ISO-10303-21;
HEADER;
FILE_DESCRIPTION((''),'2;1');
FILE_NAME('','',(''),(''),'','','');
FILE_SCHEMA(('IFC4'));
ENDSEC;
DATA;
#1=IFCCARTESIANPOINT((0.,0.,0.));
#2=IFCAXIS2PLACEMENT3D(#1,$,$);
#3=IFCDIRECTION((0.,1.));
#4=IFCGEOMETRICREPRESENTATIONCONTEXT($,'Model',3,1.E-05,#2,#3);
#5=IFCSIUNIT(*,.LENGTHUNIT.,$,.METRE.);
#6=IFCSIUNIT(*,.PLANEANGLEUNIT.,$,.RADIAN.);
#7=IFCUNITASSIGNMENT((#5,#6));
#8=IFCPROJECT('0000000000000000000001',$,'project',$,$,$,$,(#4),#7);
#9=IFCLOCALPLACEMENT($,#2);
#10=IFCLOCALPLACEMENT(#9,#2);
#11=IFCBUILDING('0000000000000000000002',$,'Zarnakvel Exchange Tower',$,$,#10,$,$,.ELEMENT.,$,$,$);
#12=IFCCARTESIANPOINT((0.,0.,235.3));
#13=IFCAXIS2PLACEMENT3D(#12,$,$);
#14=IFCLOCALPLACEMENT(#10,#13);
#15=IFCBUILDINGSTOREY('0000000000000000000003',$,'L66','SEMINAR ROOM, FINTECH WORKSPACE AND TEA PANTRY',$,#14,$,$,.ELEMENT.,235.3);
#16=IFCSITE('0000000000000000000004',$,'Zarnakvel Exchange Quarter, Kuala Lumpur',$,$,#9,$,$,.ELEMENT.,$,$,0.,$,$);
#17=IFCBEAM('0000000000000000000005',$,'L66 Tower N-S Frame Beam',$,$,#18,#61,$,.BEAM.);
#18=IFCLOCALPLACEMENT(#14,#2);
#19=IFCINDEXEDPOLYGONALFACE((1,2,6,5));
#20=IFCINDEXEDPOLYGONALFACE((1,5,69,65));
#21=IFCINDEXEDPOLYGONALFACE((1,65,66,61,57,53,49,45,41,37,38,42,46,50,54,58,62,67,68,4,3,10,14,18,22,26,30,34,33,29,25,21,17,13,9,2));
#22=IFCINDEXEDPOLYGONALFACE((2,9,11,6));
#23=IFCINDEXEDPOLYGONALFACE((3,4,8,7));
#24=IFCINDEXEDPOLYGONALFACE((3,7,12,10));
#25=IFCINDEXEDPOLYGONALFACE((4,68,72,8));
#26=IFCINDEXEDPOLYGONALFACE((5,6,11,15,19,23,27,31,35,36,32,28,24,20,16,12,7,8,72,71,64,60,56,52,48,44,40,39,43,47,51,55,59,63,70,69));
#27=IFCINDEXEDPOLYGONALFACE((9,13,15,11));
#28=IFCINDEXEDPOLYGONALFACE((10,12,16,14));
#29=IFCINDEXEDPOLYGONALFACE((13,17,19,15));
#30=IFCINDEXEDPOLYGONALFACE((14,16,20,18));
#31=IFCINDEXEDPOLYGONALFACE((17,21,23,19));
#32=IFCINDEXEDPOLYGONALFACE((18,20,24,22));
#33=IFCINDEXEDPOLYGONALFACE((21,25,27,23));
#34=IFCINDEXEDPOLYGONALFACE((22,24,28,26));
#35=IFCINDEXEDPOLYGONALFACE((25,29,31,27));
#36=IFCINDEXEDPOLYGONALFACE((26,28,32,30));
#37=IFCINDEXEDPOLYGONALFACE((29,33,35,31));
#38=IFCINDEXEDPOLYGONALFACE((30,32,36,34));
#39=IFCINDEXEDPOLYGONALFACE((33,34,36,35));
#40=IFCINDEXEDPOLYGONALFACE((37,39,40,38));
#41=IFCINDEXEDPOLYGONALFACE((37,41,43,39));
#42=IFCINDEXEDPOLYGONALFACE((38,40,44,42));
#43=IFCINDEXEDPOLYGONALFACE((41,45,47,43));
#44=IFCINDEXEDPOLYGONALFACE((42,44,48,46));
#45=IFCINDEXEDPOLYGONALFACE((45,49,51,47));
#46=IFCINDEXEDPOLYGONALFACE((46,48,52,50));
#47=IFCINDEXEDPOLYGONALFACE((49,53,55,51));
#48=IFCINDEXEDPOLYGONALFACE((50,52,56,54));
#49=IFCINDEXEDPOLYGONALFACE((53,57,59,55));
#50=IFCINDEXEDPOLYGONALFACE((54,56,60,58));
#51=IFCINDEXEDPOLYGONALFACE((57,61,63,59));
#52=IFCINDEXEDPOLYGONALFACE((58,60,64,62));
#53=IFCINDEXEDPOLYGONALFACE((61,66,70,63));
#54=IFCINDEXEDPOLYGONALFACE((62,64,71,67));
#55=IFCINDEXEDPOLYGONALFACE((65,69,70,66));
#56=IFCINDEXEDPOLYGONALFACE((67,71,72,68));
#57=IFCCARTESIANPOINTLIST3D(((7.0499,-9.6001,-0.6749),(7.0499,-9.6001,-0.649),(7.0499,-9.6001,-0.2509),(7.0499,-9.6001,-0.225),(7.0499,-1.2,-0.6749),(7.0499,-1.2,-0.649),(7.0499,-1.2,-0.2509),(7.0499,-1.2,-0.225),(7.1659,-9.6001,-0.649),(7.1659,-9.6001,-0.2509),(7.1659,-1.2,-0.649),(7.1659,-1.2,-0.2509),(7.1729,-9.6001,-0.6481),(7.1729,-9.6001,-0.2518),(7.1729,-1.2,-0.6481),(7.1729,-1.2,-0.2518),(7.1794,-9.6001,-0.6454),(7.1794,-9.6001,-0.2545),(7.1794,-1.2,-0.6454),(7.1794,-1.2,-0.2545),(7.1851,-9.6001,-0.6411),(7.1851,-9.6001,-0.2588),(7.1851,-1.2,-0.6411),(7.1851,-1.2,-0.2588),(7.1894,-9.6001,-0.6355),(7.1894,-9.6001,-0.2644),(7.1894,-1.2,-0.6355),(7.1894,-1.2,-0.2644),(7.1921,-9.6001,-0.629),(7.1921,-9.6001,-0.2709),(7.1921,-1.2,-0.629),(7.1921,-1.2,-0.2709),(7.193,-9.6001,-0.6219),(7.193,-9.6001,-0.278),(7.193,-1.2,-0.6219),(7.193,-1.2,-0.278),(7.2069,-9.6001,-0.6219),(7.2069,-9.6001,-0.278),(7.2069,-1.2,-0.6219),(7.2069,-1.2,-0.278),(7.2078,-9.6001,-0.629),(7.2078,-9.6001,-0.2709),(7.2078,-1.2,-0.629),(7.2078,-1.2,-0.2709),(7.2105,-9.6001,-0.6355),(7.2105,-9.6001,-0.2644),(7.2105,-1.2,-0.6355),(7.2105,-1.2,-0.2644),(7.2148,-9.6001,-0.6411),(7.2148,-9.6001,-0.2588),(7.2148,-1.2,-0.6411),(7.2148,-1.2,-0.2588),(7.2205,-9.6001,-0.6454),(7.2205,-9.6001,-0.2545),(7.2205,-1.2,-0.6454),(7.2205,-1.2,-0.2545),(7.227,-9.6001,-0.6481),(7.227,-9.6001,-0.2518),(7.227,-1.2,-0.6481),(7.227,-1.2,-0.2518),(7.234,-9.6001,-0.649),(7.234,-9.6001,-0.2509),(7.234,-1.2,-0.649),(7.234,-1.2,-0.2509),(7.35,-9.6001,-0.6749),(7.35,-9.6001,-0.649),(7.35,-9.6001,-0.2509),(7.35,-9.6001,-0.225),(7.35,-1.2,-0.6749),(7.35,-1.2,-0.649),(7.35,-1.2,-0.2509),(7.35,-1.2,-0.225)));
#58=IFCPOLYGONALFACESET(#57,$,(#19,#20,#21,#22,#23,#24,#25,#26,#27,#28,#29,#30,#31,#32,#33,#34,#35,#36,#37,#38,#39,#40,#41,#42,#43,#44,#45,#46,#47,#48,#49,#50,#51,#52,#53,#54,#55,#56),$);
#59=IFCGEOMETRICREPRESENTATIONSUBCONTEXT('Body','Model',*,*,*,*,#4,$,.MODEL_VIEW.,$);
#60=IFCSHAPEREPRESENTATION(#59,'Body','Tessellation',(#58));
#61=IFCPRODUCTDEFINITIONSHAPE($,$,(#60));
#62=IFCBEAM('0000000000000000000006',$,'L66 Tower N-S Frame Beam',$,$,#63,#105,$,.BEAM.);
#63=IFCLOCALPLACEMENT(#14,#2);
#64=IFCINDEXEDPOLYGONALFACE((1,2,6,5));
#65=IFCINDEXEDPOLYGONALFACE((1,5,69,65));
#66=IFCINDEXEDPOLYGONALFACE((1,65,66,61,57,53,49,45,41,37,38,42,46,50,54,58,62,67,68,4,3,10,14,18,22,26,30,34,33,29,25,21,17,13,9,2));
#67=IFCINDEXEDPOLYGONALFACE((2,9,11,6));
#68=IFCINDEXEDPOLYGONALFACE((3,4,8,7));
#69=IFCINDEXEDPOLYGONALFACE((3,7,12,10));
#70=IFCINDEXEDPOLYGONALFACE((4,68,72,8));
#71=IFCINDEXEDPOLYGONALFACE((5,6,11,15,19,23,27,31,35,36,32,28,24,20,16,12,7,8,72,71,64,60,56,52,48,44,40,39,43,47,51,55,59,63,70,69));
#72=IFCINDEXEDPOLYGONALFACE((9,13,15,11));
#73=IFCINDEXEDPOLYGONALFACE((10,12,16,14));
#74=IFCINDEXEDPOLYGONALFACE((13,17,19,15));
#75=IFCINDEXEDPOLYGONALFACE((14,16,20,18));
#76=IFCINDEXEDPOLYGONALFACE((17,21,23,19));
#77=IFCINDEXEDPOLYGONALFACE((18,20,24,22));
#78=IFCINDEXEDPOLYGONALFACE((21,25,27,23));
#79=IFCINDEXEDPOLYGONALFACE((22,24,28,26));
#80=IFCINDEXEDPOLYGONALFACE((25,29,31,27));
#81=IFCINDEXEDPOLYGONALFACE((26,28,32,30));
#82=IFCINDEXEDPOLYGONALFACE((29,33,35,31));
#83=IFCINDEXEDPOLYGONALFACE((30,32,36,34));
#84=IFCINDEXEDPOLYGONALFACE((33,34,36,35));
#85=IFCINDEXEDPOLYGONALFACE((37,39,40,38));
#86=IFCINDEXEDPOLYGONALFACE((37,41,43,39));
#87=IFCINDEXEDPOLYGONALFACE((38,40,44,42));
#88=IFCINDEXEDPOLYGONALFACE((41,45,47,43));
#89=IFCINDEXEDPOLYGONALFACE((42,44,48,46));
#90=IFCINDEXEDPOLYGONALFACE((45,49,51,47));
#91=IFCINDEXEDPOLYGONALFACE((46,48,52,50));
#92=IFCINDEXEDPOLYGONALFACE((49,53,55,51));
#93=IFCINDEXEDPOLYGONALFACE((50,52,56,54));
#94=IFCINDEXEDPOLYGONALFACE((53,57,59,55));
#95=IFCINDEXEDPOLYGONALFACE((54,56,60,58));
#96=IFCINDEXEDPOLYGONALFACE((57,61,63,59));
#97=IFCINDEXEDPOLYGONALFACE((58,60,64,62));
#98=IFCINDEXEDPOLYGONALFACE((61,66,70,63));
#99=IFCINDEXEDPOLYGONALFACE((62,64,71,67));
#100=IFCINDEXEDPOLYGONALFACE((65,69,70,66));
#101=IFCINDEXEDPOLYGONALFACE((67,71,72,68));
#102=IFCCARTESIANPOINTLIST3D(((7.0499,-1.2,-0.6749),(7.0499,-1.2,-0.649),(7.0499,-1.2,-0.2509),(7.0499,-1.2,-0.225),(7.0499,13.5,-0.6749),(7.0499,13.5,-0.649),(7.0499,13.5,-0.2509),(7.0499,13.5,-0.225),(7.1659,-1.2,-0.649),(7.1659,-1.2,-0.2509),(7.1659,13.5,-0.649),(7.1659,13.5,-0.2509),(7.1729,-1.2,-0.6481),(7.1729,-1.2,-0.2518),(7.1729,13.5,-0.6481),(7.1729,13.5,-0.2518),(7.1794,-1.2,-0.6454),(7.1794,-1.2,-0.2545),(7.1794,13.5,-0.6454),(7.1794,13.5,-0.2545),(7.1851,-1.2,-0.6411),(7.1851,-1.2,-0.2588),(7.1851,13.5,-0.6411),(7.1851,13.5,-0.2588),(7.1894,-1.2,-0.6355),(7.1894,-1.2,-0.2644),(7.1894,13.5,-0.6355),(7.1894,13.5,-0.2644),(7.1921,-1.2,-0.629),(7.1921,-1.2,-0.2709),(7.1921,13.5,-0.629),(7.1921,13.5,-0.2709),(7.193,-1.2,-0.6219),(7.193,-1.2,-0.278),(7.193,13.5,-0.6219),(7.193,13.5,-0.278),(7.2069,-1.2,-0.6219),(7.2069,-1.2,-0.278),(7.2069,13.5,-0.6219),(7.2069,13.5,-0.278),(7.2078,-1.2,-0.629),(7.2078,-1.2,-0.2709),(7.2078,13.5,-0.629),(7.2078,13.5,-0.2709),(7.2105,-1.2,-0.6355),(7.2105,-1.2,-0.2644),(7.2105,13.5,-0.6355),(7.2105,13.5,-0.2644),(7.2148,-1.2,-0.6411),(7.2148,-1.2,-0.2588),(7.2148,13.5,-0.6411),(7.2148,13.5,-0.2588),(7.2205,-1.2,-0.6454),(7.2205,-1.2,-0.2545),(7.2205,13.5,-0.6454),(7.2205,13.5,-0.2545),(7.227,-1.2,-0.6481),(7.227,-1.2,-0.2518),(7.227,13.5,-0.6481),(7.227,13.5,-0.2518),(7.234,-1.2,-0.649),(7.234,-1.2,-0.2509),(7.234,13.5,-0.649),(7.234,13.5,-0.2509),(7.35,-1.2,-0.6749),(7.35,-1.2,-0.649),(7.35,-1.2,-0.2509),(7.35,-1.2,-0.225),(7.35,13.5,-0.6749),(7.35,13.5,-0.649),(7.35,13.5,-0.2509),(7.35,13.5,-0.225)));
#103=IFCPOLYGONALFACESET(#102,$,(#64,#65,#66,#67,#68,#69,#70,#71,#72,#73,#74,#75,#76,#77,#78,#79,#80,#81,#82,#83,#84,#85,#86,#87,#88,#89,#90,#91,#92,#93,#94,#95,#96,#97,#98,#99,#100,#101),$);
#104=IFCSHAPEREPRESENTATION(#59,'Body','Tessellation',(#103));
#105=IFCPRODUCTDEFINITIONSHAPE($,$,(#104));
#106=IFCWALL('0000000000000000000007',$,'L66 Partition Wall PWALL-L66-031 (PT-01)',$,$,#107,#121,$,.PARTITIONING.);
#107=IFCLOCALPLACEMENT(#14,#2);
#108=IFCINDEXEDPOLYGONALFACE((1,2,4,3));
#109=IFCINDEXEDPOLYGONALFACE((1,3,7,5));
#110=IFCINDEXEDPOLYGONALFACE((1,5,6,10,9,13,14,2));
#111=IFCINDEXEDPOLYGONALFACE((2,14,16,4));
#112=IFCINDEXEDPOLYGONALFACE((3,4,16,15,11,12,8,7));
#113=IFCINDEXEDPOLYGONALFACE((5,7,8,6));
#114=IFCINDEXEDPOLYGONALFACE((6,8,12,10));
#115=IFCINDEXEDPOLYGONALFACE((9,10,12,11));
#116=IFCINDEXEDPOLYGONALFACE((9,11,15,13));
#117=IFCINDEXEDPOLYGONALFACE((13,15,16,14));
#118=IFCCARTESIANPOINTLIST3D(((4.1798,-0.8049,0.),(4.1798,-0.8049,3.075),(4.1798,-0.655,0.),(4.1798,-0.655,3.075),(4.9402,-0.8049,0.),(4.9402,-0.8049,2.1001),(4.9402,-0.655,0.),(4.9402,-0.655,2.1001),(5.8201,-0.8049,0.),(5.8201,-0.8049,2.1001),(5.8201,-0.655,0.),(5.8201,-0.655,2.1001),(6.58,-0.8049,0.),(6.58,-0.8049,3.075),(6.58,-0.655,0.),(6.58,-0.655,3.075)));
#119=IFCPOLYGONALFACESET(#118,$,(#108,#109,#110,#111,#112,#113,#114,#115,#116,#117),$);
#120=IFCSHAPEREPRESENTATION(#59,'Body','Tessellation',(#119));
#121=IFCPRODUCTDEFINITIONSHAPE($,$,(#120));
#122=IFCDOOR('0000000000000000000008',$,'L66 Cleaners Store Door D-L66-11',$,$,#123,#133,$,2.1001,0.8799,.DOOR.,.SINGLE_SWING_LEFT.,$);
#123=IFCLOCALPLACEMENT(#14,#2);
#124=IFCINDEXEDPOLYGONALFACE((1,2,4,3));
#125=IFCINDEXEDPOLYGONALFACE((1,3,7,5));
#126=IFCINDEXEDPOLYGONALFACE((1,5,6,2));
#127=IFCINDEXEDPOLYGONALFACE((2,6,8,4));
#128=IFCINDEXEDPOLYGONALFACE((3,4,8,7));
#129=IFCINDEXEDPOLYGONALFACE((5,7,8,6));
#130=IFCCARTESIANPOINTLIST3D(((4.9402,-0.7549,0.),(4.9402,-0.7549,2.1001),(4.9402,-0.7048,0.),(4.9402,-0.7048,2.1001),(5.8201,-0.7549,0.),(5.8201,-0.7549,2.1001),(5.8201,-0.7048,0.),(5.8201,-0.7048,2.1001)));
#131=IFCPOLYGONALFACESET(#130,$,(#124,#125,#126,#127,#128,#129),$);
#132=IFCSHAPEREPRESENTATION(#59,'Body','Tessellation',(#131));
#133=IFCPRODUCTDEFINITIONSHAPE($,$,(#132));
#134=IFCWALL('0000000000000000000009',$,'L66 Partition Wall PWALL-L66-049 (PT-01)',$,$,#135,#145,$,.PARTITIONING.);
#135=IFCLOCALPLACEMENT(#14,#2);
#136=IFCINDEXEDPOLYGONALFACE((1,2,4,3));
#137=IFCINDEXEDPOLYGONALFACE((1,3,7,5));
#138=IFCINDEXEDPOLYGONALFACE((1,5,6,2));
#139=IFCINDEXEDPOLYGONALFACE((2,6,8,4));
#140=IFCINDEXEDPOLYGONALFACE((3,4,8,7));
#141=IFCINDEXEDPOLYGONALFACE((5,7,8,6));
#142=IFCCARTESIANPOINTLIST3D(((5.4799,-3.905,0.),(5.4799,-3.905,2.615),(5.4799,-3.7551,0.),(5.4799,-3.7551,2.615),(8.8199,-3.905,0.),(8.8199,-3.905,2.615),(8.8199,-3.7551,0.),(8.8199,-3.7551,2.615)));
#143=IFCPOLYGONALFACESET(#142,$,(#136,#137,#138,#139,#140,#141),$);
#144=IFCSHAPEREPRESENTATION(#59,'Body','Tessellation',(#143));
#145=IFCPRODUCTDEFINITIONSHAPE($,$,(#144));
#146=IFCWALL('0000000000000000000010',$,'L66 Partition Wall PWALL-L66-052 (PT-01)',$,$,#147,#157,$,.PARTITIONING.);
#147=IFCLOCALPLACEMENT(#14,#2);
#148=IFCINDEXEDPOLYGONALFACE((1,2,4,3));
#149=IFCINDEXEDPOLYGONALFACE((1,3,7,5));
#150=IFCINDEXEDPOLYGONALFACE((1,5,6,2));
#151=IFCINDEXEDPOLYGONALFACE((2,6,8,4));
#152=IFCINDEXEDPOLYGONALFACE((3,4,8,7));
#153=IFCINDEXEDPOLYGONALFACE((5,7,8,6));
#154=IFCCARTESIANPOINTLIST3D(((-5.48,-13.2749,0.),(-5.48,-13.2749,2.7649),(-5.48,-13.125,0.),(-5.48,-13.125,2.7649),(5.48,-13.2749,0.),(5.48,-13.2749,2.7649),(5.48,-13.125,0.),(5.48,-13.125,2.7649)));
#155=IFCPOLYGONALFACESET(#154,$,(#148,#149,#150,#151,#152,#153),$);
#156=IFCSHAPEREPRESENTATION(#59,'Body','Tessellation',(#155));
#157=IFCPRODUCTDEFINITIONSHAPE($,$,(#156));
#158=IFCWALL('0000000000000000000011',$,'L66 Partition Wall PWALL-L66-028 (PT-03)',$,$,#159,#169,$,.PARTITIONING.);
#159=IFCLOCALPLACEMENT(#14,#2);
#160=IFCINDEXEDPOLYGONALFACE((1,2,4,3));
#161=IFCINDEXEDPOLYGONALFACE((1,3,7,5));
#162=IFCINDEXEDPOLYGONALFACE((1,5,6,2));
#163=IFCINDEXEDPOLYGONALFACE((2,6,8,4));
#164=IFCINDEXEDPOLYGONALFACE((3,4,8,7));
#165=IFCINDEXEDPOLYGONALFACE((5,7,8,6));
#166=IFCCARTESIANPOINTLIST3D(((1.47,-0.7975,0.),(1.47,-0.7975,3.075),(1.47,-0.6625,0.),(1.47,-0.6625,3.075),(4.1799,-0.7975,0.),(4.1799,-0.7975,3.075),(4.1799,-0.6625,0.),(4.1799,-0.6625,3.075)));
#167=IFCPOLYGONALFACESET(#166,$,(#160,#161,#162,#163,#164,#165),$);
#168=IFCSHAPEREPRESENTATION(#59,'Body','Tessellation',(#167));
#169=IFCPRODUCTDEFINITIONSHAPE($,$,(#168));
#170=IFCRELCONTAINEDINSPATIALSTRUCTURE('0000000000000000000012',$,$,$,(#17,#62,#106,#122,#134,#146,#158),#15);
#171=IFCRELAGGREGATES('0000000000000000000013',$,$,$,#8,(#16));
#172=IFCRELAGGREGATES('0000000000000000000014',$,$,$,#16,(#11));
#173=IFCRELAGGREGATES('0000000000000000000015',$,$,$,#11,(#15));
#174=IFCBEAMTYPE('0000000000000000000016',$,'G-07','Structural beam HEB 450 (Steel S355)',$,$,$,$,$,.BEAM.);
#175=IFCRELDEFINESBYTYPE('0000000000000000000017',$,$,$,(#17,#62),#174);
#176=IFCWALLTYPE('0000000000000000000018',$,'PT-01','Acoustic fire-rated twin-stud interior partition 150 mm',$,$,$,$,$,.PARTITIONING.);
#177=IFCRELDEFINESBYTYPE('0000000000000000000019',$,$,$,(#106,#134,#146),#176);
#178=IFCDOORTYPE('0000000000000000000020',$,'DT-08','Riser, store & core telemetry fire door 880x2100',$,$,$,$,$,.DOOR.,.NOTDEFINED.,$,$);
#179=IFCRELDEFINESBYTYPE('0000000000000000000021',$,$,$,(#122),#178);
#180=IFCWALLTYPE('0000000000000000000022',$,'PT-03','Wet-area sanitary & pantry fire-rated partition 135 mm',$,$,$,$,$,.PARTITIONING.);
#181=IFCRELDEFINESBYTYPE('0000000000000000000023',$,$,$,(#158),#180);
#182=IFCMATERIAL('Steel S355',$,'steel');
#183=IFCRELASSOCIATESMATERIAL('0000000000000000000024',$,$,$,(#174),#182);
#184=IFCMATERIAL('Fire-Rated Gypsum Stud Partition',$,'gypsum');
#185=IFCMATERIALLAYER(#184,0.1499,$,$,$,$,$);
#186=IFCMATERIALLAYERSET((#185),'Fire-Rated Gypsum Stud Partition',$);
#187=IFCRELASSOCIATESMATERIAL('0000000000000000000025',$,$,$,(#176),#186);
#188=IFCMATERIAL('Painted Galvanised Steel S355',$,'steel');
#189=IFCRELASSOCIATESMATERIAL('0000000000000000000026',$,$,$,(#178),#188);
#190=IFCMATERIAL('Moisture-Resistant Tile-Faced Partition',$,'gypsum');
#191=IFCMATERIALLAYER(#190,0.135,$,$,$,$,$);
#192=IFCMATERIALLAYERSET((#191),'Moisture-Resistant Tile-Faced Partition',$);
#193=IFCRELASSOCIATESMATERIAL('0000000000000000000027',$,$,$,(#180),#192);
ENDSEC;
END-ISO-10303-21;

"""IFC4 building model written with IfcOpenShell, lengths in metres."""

from ifc_helpers import new_model, si_unit, direction, frame, frame_2d, origin, origin_2d, place, context, subcontext, project, spatial, rectangle, i_section, extrude, source, transform, mapped, material, layer, layer_set, material_profile, profile_set, type_object, element, fill, save


model = new_model("IFC4")

# Units and contexts
model_context = context("Model", 3, precision=1e-05, world=origin(), true_north=direction((0.0, 1.0)))
body_context = subcontext(model_context, "Body", "Model", "MODEL_VIEW")
ifc_project = project(units=[si_unit("LENGTHUNIT", "METRE"), si_unit("PLANEANGLEUNIT", "RADIAN")], contexts=[model_context])

# Site, building, storey
site_placement = place(None, origin())
site = spatial("IfcSite", under=ifc_project, at=site_placement, Name="Zarnakvel Exchange Quarter, Kuala Lumpur", CompositionType="ELEMENT", RefElevation=0.0)
building_placement = place(site_placement, origin())
building = spatial("IfcBuilding", under=site, at=building_placement, Name="Zarnakvel Exchange Tower", CompositionType="ELEMENT")
storey_placement = place(building_placement, frame((0.0, 0.0, 235.3)))
storey = spatial("IfcBuildingStorey", under=building, at=storey_placement, Name="L66", Description="SEMINAR ROOM, FINTECH WORKSPACE AND TEA PANTRY", CompositionType="ELEMENT", Elevation=235.3)

# Beams
ifc_material_1 = material(Name="Steel S355", Category="steel")
ifc_material_profile_1 = material_profile(ifc_material_1, i_section(OverallWidth=0.3, OverallDepth=0.45, WebThickness=0.0139, FlangeThickness=0.0259, FilletRadius=0.0271, at=origin_2d()))
ifc_profile_set_1 = profile_set([ifc_material_profile_1], Name="Steel S355")
beam_type_1 = type_object("IfcBeamType", Name="G-07", Description="Structural beam HEB 450 (Steel S355)", PredefinedType="BEAM", material=ifc_profile_set_1)
beam_1_placement = place(storey_placement, frame((7.2, -9.6001, -0.45), z_axis=(0.0, 1.0, 0.0), x_axis=(-1.0, 0.0, 0.0)))
element("IfcBeam", 1, at=beam_1_placement, inside=storey, type_object=beam_type_1, Name="L66 Tower N-S Frame Beam", PredefinedType="BEAM", context=body_context, shape_type="SweptSolid", body=[
    extrude(i_section(OverallWidth=0.3, OverallDepth=0.45, WebThickness=0.0139, FlangeThickness=0.0259, FilletRadius=0.0271, at=origin_2d()), origin(), (0.0, 0.0, 1.0), 8.4001),
])
beam_2_placement = place(storey_placement, frame((7.2, -1.2, -0.45), z_axis=(0.0, 1.0, 0.0), x_axis=(-1.0, 0.0, 0.0)))
element("IfcBeam", 2, at=beam_2_placement, inside=storey, type_object=beam_type_1, Name="L66 Tower N-S Frame Beam", PredefinedType="BEAM", context=body_context, shape_type="SweptSolid", body=[
    extrude(i_section(OverallWidth=0.3, OverallDepth=0.45, WebThickness=0.0139, FlangeThickness=0.0259, FilletRadius=0.0271, at=origin_2d()), origin(), (0.0, 0.0, 1.0), 14.7),
])

# Wall, opening, door
ifc_material_2 = material(Name="Fire-Rated Gypsum Stud Partition", Category="gypsum")
ifc_layer_1 = layer(ifc_material_2, 0.1499)
ifc_layer_set_1 = layer_set([ifc_layer_1], Name="Fire-Rated Gypsum Stud Partition")
wall_type_1 = type_object("IfcWallType", Name="PT-01", Description="Acoustic fire-rated twin-stud interior partition 150 mm", PredefinedType="PARTITIONING", material=ifc_layer_set_1)
wall_1_placement = place(storey_placement, frame((6.5801, -0.73, 0.0), z_axis=(0.0, 0.0, 1.0), x_axis=(-1.0, 0.0, 0.0)))
wall_1 = element("IfcWall", 3, at=wall_1_placement, inside=storey, type_object=wall_type_1, Name="L66 Partition Wall PWALL-L66-031 (PT-01)", PredefinedType="PARTITIONING", context=body_context, shape_type="SweptSolid", body=[
    extrude(rectangle(XDim=2.4001, YDim=0.1499, at=frame_2d((1.2002, 0.0))), origin(), (0.0, 0.0, 1.0), 3.075),
])
opening_1_placement = place(wall_1_placement, frame((0.76, 0.0, 0.0)))
opening_1 = element("IfcOpeningElement", 4, at=opening_1_placement, cuts=wall_1, PredefinedType="OPENING", context=body_context, shape_type="SweptSolid", body=[
    extrude(rectangle(XDim=0.8799, YDim=2.1001, at=frame_2d((0.4399, 1.05))), frame((0.0, 0.085, 0.0), z_axis=(0.0, -1.0, 0.0), x_axis=(1.0, 0.0, 0.0)), (0.0, 0.0, 1.0), 0.1699),
])
ifc_material_3 = material(Name="Painted Galvanised Steel S355", Category="steel")
door_type_1 = type_object("IfcDoorType", Name="DT-08", Description="Riser, store & core telemetry fire door 880x2100", OperationType="NOTDEFINED", PredefinedType="DOOR", material=ifc_material_3)
shared_shape_1 = source(origin(), body_context, "Body", "SweptSolid", [
    extrude(rectangle(XDim=0.8799, YDim=2.1001, at=frame_2d((0.4399, 1.05))), frame((0.0, 0.0249, 0.0), z_axis=(0.0, -1.0, 0.0), x_axis=(1.0, 0.0, 0.0)), (0.0, 0.0, 1.0), 0.05),
])
door_1_placement = place(opening_1_placement, origin())
door_1 = element("IfcDoor", 5, at=door_1_placement, inside=storey, type_object=door_type_1, Name="L66 Cleaners Store Door D-L66-11", OperationType="SINGLE_SWING_LEFT", OverallHeight=2.1001, OverallWidth=0.8799, PredefinedType="DOOR", context=body_context, shape_type="MappedRepresentation", body=[
    mapped(shared_shape_1, transform((0.0, 0.0, 0.0), x_axis=(1.0, 0.0, 0.0), y_axis=(0.0, 1.0, 0.0), z_axis=(0.0, 0.0, 1.0), scale=1.0)),
])
fill(opening_1, door_1)

# Walls
wall_2_placement = place(storey_placement, frame((5.48, -3.8301, 0.0), z_axis=(0.0, 0.0, 1.0), x_axis=(1.0, 0.0, 0.0)))
element("IfcWall", 6, at=wall_2_placement, inside=storey, type_object=wall_type_1, Name="L66 Partition Wall PWALL-L66-049 (PT-01)", PredefinedType="PARTITIONING", context=body_context, shape_type="SweptSolid", body=[
    extrude(rectangle(XDim=3.3401, YDim=0.1499, at=frame_2d((1.6699, 0.0))), origin(), (0.0, 0.0, 1.0), 2.615),
])
wall_3_placement = place(storey_placement, frame((5.48, -13.2, 0.0), z_axis=(0.0, 0.0, 1.0), x_axis=(-1.0, 0.0, 0.0)))
element("IfcWall", 7, at=wall_3_placement, inside=storey, type_object=wall_type_1, Name="L66 Partition Wall PWALL-L66-052 (PT-01)", PredefinedType="PARTITIONING", context=body_context, shape_type="SweptSolid", body=[
    extrude(rectangle(XDim=10.96, YDim=0.1499, at=frame_2d((5.48, 0.0))), origin(), (0.0, 0.0, 1.0), 2.7649),
])
ifc_material_4 = material(Name="Moisture-Resistant Tile-Faced Partition", Category="gypsum")
ifc_layer_2 = layer(ifc_material_4, 0.135)
ifc_layer_set_2 = layer_set([ifc_layer_2], Name="Moisture-Resistant Tile-Faced Partition")
wall_type_2 = type_object("IfcWallType", Name="PT-03", Description="Wet-area sanitary & pantry fire-rated partition 135 mm", PredefinedType="PARTITIONING", material=ifc_layer_set_2)
wall_4_placement = place(storey_placement, frame((4.1799, -0.73, 0.0), z_axis=(0.0, 0.0, 1.0), x_axis=(-1.0, 0.0, 0.0)))
element("IfcWall", 8, at=wall_4_placement, inside=storey, type_object=wall_type_2, Name="L66 Partition Wall PWALL-L66-028 (PT-03)", PredefinedType="PARTITIONING", context=body_context, shape_type="SweptSolid", body=[
    extrude(rectangle(XDim=2.71, YDim=0.135, at=frame_2d((1.355, 0.0))), origin(), (0.0, 0.0, 1.0), 3.075),
])

save(model, "model.ifc")
